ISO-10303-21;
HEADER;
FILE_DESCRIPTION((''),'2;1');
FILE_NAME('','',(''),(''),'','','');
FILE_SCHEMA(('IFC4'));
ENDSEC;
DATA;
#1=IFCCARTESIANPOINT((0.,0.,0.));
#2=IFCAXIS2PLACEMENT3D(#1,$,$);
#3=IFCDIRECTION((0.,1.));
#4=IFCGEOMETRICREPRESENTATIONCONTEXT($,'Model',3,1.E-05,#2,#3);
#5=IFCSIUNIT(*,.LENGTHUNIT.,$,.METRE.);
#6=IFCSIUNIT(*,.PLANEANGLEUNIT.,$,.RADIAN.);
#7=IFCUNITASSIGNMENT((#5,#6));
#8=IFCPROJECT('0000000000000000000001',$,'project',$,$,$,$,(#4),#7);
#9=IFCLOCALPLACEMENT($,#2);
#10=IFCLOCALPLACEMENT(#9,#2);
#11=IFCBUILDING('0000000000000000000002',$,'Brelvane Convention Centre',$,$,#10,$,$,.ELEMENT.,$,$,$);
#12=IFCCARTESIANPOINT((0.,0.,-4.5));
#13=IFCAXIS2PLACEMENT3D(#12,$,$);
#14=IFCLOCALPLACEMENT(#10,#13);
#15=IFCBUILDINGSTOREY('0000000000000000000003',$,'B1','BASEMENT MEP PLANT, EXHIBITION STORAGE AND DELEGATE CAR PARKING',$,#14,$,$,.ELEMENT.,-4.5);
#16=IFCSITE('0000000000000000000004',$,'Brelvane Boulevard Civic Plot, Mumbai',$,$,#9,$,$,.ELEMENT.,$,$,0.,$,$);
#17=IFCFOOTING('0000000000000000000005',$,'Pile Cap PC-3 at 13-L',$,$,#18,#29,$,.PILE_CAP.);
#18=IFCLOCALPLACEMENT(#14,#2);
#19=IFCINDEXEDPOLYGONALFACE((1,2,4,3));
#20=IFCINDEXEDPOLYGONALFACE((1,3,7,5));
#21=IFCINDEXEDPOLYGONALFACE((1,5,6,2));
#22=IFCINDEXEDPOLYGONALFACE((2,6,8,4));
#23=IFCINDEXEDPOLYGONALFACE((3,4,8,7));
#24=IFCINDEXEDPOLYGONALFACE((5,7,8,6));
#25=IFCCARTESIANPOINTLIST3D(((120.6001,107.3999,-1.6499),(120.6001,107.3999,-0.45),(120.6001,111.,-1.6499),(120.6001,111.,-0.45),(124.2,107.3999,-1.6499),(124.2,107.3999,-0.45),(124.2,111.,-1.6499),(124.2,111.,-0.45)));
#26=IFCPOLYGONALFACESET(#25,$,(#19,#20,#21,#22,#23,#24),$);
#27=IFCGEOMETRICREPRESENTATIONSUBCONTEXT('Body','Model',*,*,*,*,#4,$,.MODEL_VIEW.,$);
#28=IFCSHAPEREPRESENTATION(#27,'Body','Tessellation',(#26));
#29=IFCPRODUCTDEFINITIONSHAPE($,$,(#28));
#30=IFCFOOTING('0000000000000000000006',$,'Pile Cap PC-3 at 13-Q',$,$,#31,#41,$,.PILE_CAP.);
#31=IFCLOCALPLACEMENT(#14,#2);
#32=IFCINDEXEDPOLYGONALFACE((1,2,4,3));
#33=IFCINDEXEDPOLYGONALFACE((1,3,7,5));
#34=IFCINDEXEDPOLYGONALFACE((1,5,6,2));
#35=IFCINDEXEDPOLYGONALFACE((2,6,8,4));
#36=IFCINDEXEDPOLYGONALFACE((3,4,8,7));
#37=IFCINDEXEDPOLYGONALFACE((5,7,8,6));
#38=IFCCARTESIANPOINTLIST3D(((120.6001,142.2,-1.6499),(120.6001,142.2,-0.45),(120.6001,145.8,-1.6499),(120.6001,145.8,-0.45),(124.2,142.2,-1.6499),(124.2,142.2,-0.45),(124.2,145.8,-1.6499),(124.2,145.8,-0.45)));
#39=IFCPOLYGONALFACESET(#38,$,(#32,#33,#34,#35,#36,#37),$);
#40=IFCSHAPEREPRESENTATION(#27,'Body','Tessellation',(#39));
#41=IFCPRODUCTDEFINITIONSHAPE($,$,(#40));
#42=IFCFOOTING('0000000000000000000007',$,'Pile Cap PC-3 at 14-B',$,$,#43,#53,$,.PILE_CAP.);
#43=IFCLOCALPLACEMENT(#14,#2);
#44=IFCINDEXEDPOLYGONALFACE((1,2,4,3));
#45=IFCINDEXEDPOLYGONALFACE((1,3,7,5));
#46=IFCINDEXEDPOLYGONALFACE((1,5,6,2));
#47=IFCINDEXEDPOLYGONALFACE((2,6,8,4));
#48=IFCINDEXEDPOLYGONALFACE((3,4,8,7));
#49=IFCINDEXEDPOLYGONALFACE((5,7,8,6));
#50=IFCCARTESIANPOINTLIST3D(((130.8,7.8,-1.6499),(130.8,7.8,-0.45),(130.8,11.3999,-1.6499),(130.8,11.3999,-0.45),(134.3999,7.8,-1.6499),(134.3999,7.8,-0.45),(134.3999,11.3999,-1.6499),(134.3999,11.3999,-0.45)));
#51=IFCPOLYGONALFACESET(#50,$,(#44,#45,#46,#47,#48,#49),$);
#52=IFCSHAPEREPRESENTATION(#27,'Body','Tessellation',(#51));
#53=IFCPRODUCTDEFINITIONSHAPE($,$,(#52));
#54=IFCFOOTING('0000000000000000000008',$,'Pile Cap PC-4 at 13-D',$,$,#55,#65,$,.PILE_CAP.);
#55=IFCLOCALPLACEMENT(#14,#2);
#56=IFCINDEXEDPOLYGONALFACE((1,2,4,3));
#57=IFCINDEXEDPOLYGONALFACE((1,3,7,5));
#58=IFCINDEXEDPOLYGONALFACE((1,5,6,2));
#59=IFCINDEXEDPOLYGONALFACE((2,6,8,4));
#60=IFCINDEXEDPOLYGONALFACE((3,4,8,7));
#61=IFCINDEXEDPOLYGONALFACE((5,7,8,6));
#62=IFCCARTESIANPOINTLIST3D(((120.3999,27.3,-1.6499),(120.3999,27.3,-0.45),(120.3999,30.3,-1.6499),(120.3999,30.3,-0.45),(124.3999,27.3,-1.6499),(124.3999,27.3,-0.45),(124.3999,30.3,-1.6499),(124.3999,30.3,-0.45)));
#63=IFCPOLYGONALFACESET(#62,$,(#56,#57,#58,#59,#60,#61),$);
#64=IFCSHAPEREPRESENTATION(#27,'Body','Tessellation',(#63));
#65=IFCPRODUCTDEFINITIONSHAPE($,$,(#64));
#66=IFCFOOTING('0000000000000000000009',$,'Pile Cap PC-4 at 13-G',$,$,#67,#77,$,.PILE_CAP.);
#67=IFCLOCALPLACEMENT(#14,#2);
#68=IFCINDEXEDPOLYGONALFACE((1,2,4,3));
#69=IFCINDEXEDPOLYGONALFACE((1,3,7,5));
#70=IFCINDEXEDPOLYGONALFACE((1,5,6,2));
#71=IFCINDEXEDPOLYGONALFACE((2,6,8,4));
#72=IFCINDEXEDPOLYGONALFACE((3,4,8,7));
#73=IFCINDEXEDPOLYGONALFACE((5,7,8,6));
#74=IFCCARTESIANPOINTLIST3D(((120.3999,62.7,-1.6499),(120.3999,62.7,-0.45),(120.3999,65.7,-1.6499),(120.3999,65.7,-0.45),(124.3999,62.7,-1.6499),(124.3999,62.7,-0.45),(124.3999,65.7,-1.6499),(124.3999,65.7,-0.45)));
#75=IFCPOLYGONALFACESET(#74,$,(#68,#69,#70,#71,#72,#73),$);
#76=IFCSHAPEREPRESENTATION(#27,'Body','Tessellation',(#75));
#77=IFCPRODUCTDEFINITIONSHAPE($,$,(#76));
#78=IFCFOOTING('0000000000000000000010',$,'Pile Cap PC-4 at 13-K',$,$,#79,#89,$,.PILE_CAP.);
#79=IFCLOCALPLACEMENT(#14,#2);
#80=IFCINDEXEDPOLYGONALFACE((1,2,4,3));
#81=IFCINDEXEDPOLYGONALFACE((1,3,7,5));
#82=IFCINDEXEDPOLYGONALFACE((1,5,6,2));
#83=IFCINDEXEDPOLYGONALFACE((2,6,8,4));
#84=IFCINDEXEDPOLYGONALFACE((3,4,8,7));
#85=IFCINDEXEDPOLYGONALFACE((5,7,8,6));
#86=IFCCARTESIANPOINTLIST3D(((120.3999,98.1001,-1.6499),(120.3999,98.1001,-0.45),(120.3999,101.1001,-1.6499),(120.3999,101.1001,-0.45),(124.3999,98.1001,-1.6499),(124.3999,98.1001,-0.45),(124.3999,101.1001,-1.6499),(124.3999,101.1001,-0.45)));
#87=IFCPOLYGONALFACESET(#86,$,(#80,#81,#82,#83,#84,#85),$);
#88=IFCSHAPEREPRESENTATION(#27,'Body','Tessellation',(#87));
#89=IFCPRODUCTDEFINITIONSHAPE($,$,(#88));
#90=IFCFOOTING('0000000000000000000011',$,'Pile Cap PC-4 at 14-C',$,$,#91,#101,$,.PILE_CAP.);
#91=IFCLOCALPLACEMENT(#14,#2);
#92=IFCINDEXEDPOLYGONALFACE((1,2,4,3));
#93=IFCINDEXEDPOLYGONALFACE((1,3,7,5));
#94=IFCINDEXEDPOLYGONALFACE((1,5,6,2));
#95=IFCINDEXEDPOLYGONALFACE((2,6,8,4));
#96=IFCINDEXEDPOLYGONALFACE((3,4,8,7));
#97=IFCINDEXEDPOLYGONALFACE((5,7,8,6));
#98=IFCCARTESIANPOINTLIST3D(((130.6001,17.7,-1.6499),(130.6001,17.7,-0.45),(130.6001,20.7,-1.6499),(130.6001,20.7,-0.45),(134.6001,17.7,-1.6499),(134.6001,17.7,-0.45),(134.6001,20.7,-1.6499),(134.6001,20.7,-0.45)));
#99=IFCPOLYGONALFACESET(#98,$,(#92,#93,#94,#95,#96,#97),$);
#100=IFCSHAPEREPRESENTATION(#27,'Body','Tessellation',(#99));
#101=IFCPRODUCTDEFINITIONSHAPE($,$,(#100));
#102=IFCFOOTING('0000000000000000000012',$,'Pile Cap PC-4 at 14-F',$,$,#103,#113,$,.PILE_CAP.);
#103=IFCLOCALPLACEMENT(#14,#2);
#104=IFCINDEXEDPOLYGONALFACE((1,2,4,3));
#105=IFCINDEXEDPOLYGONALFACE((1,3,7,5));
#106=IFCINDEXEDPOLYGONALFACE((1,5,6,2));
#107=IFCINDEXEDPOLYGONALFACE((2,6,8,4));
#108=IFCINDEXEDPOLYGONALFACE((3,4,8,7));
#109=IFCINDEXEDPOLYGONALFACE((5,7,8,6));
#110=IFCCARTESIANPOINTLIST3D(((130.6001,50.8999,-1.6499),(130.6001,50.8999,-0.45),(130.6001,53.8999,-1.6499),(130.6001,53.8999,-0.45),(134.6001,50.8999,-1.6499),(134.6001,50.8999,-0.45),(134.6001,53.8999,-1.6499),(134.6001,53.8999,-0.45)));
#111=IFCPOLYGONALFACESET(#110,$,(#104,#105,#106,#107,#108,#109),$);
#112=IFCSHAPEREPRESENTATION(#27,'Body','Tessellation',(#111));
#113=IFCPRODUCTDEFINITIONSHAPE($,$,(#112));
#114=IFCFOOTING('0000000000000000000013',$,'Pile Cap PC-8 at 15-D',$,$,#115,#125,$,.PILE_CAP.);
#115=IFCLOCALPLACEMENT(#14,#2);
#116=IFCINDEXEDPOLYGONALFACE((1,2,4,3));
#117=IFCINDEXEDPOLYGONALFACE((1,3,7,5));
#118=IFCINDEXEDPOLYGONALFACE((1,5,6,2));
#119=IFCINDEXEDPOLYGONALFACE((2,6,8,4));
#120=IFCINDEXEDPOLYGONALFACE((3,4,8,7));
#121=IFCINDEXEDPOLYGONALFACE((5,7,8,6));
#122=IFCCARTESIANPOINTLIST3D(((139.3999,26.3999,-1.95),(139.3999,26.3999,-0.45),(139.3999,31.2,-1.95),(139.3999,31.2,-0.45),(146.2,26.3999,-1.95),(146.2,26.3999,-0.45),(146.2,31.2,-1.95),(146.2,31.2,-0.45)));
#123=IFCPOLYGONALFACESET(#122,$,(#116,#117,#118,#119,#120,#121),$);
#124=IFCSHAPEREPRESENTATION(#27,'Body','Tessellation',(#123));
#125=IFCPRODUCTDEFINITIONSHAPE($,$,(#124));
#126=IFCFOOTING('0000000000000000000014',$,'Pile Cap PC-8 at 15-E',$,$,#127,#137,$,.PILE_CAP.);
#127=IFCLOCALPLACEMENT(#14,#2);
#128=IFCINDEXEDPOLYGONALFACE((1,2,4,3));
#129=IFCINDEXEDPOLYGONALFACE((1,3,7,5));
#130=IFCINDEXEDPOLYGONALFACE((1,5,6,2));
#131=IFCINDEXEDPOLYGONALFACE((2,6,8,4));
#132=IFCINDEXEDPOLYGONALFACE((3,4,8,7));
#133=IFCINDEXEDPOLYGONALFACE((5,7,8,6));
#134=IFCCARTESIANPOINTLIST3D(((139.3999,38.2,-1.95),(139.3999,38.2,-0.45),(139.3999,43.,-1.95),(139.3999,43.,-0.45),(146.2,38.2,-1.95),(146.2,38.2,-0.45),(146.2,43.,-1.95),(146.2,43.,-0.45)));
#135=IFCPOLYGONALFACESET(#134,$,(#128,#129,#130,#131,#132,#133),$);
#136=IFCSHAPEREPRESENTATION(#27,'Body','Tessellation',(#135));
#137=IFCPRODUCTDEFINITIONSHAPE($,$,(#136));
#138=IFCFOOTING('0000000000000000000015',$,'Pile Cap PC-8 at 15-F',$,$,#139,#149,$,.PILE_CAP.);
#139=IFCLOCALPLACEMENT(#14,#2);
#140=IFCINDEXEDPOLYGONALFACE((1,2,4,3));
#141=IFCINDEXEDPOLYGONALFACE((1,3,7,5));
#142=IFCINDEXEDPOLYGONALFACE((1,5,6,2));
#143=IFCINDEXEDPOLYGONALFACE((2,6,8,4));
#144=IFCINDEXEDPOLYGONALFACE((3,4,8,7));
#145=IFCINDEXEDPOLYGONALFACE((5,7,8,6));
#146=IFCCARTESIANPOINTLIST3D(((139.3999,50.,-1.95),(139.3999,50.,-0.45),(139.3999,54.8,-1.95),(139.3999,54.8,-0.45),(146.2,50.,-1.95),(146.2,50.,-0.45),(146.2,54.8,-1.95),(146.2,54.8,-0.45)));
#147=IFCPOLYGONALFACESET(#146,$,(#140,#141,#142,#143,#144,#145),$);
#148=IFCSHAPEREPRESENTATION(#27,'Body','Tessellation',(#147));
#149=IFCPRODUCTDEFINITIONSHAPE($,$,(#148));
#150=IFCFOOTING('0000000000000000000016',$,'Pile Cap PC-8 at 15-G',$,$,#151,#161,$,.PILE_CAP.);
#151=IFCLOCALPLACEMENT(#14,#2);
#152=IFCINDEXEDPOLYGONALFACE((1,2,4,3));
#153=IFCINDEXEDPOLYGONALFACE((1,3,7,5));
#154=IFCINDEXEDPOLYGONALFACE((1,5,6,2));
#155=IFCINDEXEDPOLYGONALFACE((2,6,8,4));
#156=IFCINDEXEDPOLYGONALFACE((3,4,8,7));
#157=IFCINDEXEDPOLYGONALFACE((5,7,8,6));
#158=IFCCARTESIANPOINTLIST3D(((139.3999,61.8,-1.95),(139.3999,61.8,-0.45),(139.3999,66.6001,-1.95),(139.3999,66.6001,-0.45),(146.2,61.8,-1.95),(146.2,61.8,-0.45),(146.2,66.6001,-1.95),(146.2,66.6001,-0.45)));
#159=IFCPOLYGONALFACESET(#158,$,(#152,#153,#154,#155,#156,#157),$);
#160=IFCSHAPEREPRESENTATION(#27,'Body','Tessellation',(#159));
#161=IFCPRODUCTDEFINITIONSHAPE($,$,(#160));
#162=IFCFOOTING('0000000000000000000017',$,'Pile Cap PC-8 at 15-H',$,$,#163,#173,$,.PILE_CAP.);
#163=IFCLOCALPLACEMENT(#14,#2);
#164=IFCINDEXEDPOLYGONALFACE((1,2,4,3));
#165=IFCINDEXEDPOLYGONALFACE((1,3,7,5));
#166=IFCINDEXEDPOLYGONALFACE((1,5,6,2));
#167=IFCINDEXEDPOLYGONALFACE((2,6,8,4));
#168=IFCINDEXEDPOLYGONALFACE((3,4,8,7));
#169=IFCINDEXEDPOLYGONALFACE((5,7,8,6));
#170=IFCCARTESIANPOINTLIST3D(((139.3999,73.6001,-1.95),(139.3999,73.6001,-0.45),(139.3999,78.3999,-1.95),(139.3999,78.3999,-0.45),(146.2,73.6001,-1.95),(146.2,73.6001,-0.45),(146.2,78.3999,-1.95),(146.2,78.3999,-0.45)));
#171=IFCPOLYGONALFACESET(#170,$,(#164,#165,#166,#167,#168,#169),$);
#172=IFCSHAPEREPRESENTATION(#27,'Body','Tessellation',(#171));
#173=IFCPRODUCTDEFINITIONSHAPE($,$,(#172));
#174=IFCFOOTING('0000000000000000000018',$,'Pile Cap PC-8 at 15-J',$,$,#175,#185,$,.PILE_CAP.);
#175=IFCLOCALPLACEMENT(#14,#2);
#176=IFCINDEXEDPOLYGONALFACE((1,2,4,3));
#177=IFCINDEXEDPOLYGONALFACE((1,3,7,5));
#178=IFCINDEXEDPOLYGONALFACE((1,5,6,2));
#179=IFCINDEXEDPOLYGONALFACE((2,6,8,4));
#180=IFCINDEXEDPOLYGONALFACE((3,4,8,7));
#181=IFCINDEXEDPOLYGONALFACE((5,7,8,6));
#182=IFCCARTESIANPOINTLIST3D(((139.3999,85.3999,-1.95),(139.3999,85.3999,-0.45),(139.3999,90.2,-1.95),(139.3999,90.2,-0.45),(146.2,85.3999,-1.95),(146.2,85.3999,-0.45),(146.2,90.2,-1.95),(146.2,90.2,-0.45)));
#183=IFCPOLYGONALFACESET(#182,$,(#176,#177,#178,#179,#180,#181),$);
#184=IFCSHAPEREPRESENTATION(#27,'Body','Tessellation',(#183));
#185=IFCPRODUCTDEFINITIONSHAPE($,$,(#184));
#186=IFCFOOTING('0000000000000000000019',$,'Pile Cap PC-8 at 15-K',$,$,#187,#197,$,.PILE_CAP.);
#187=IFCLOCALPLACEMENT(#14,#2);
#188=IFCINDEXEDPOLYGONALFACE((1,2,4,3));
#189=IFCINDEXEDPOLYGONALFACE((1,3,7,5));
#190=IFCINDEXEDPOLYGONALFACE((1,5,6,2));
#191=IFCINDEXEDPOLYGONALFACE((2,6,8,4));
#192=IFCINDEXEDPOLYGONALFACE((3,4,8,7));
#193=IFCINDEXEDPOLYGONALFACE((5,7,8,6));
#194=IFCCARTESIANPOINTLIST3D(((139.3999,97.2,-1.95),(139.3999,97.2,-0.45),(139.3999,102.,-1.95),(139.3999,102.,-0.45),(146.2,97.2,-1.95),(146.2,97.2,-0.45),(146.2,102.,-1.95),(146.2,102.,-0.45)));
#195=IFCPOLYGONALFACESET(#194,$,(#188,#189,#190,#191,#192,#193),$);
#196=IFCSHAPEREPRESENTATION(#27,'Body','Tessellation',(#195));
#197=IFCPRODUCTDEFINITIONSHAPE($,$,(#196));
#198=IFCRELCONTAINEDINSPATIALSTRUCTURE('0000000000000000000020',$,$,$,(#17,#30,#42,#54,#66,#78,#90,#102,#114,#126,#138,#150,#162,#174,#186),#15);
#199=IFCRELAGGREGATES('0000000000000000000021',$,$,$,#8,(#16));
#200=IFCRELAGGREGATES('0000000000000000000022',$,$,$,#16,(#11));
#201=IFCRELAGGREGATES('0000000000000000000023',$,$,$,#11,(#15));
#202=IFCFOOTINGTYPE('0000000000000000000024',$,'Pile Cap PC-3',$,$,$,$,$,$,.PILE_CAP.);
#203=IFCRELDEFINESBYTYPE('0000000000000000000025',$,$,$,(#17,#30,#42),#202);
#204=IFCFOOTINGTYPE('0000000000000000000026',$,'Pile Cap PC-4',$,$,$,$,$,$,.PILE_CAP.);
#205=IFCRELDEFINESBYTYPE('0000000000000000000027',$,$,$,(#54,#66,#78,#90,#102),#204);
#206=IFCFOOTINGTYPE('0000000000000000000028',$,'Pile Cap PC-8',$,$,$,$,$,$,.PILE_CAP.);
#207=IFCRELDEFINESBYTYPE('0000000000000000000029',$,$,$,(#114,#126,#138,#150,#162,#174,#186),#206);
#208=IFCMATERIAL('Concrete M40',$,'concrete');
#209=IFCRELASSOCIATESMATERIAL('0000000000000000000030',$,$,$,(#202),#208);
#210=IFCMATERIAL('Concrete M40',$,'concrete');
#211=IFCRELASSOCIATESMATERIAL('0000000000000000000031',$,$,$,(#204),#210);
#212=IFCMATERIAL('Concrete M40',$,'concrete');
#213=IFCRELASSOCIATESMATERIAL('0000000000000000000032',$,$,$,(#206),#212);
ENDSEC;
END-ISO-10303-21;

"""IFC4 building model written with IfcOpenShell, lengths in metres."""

from ifc_helpers import new_model, si_unit, direction, frame, origin, place, context, subcontext, project, spatial, polyline, outline, extrude, material, type_object, element, save


model = new_model("IFC4")

# Units and contexts
model_context = context("Model", 3, precision=1e-05, world=origin(), true_north=direction((0.0, 1.0)))
body_context = subcontext(model_context, "Body", "Model", "MODEL_VIEW")
ifc_project = project(units=[si_unit("LENGTHUNIT", "METRE"), si_unit("PLANEANGLEUNIT", "RADIAN")], contexts=[model_context])

# Site, building, storey
site_placement = place(None, origin())
site = spatial("IfcSite", under=ifc_project, at=site_placement, Name="Brelvane Boulevard Civic Plot, Mumbai", CompositionType="ELEMENT", RefElevation=0.0)
building_placement = place(site_placement, origin())
building = spatial("IfcBuilding", under=site, at=building_placement, Name="Brelvane Convention Centre", CompositionType="ELEMENT")
storey_placement = place(building_placement, frame((0.0, 0.0, -4.5)))
storey = spatial("IfcBuildingStorey", under=building, at=storey_placement, Name="B1", Description="BASEMENT MEP PLANT, EXHIBITION STORAGE AND DELEGATE CAR PARKING", CompositionType="ELEMENT", Elevation=-4.5)

# Footings
ifc_material_1 = material(Name="Concrete M40", Category="concrete")
footing_type_1 = type_object("IfcFootingType", Name="Pile Cap PC-3", PredefinedType="PILE_CAP", material=ifc_material_1)
footing_1_placement = place(storey_placement, frame((0.0, 0.0, -1.6499)))
element("IfcFooting", 1, at=footing_1_placement, inside=storey, type_object=footing_type_1, Name="Pile Cap PC-3 at 13-L", PredefinedType="PILE_CAP", context=body_context, shape_type="SweptSolid", body=[
    extrude(outline(polyline([(120.6001, 107.3999), (124.2, 107.3999), (124.2, 111.0), (120.6001, 111.0), (120.6001, 107.3999)])), origin(), (0.0, 0.0, 1.0), 1.2),
])
footing_2_placement = place(storey_placement, frame((0.0, 0.0, -1.6499)))
element("IfcFooting", 2, at=footing_2_placement, inside=storey, type_object=footing_type_1, Name="Pile Cap PC-3 at 13-Q", PredefinedType="PILE_CAP", context=body_context, shape_type="SweptSolid", body=[
    extrude(outline(polyline([(120.6001, 142.2), (124.2, 142.2), (124.2, 145.8), (120.6001, 145.8), (120.6001, 142.2)])), origin(), (0.0, 0.0, 1.0), 1.2),
])
footing_3_placement = place(storey_placement, frame((0.0, 0.0, -1.6499)))
element("IfcFooting", 3, at=footing_3_placement, inside=storey, type_object=footing_type_1, Name="Pile Cap PC-3 at 14-B", PredefinedType="PILE_CAP", context=body_context, shape_type="SweptSolid", body=[
    extrude(outline(polyline([(130.8, 7.8), (134.3999, 7.8), (134.3999, 11.3999), (130.8, 11.3999), (130.8, 7.8)])), origin(), (0.0, 0.0, 1.0), 1.2),
])
ifc_material_2 = material(Name="Concrete M40", Category="concrete")
footing_type_2 = type_object("IfcFootingType", Name="Pile Cap PC-4", PredefinedType="PILE_CAP", material=ifc_material_2)
footing_4_placement = place(storey_placement, frame((0.0, 0.0, -1.6499)))
element("IfcFooting", 4, at=footing_4_placement, inside=storey, type_object=footing_type_2, Name="Pile Cap PC-4 at 13-D", PredefinedType="PILE_CAP", context=body_context, shape_type="SweptSolid", body=[
    extrude(outline(polyline([(120.3999, 27.3), (124.3999, 27.3), (124.3999, 30.3), (120.3999, 30.3), (120.3999, 27.3)])), origin(), (0.0, 0.0, 1.0), 1.2),
])
footing_5_placement = place(storey_placement, frame((0.0, 0.0, -1.6499)))
element("IfcFooting", 5, at=footing_5_placement, inside=storey, type_object=footing_type_2, Name="Pile Cap PC-4 at 13-G", PredefinedType="PILE_CAP", context=body_context, shape_type="SweptSolid", body=[
    extrude(outline(polyline([(120.3999, 62.7), (124.3999, 62.7), (124.3999, 65.7), (120.3999, 65.7), (120.3999, 62.7)])), origin(), (0.0, 0.0, 1.0), 1.2),
])
footing_6_placement = place(storey_placement, frame((0.0, 0.0, -1.6499)))
element("IfcFooting", 6, at=footing_6_placement, inside=storey, type_object=footing_type_2, Name="Pile Cap PC-4 at 13-K", PredefinedType="PILE_CAP", context=body_context, shape_type="SweptSolid", body=[
    extrude(outline(polyline([(120.3999, 98.1001), (124.3999, 98.1001), (124.3999, 101.1001), (120.3999, 101.1001), (120.3999, 98.1001)])), origin(), (0.0, 0.0, 1.0), 1.2),
])
footing_7_placement = place(storey_placement, frame((0.0, 0.0, -1.6499)))
element("IfcFooting", 7, at=footing_7_placement, inside=storey, type_object=footing_type_2, Name="Pile Cap PC-4 at 14-C", PredefinedType="PILE_CAP", context=body_context, shape_type="SweptSolid", body=[
    extrude(outline(polyline([(130.6001, 17.7), (134.6001, 17.7), (134.6001, 20.7), (130.6001, 20.7), (130.6001, 17.7)])), origin(), (0.0, 0.0, 1.0), 1.2),
])
footing_8_placement = place(storey_placement, frame((0.0, 0.0, -1.6499)))
element("IfcFooting", 8, at=footing_8_placement, inside=storey, type_object=footing_type_2, Name="Pile Cap PC-4 at 14-F", PredefinedType="PILE_CAP", context=body_context, shape_type="SweptSolid", body=[
    extrude(outline(polyline([(130.6001, 50.8999), (134.6001, 50.8999), (134.6001, 53.8999), (130.6001, 53.8999), (130.6001, 50.8999)])), origin(), (0.0, 0.0, 1.0), 1.2),
])
ifc_material_3 = material(Name="Concrete M40", Category="concrete")
footing_type_3 = type_object("IfcFootingType", Name="Pile Cap PC-8", PredefinedType="PILE_CAP", material=ifc_material_3)
footing_9_placement = place(storey_placement, frame((0.0, 0.0, -1.95)))
element("IfcFooting", 9, at=footing_9_placement, inside=storey, type_object=footing_type_3, Name="Pile Cap PC-8 at 15-D", PredefinedType="PILE_CAP", context=body_context, shape_type="SweptSolid", body=[
    extrude(outline(polyline([(139.3999, 26.3999), (146.2, 26.3999), (146.2, 31.2), (139.3999, 31.2), (139.3999, 26.3999)])), origin(), (0.0, 0.0, 1.0), 1.5),
])
footing_10_placement = place(storey_placement, frame((0.0, 0.0, -1.95)))
element("IfcFooting", 10, at=footing_10_placement, inside=storey, type_object=footing_type_3, Name="Pile Cap PC-8 at 15-E", PredefinedType="PILE_CAP", context=body_context, shape_type="SweptSolid", body=[
    extrude(outline(polyline([(139.3999, 38.2), (146.2, 38.2), (146.2, 43.0), (139.3999, 43.0), (139.3999, 38.2)])), origin(), (0.0, 0.0, 1.0), 1.5),
])
footing_11_placement = place(storey_placement, frame((0.0, 0.0, -1.95)))
element("IfcFooting", 11, at=footing_11_placement, inside=storey, type_object=footing_type_3, Name="Pile Cap PC-8 at 15-F", PredefinedType="PILE_CAP", context=body_context, shape_type="SweptSolid", body=[
    extrude(outline(polyline([(139.3999, 50.0), (146.2, 50.0), (146.2, 54.8), (139.3999, 54.8), (139.3999, 50.0)])), origin(), (0.0, 0.0, 1.0), 1.5),
])
footing_12_placement = place(storey_placement, frame((0.0, 0.0, -1.95)))
element("IfcFooting", 12, at=footing_12_placement, inside=storey, type_object=footing_type_3, Name="Pile Cap PC-8 at 15-G", PredefinedType="PILE_CAP", context=body_context, shape_type="SweptSolid", body=[
    extrude(outline(polyline([(139.3999, 61.8), (146.2, 61.8), (146.2, 66.6001), (139.3999, 66.6001), (139.3999, 61.8)])), origin(), (0.0, 0.0, 1.0), 1.5),
])
footing_13_placement = place(storey_placement, frame((0.0, 0.0, -1.95)))
element("IfcFooting", 13, at=footing_13_placement, inside=storey, type_object=footing_type_3, Name="Pile Cap PC-8 at 15-H", PredefinedType="PILE_CAP", context=body_context, shape_type="SweptSolid", body=[
    extrude(outline(polyline([(139.3999, 73.6001), (146.2, 73.6001), (146.2, 78.3999), (139.3999, 78.3999), (139.3999, 73.6001)])), origin(), (0.0, 0.0, 1.0), 1.5),
])
footing_14_placement = place(storey_placement, frame((0.0, 0.0, -1.95)))
element("IfcFooting", 14, at=footing_14_placement, inside=storey, type_object=footing_type_3, Name="Pile Cap PC-8 at 15-J", PredefinedType="PILE_CAP", context=body_context, shape_type="SweptSolid", body=[
    extrude(outline(polyline([(139.3999, 85.3999), (146.2, 85.3999), (146.2, 90.2), (139.3999, 90.2), (139.3999, 85.3999)])), origin(), (0.0, 0.0, 1.0), 1.5),
])
footing_15_placement = place(storey_placement, frame((0.0, 0.0, -1.95)))
element("IfcFooting", 15, at=footing_15_placement, inside=storey, type_object=footing_type_3, Name="Pile Cap PC-8 at 15-K", PredefinedType="PILE_CAP", context=body_context, shape_type="SweptSolid", body=[
    extrude(outline(polyline([(139.3999, 97.2), (146.2, 97.2), (146.2, 102.0), (139.3999, 102.0), (139.3999, 97.2)])), origin(), (0.0, 0.0, 1.0), 1.5),
])

save(model, "model.ifc")
